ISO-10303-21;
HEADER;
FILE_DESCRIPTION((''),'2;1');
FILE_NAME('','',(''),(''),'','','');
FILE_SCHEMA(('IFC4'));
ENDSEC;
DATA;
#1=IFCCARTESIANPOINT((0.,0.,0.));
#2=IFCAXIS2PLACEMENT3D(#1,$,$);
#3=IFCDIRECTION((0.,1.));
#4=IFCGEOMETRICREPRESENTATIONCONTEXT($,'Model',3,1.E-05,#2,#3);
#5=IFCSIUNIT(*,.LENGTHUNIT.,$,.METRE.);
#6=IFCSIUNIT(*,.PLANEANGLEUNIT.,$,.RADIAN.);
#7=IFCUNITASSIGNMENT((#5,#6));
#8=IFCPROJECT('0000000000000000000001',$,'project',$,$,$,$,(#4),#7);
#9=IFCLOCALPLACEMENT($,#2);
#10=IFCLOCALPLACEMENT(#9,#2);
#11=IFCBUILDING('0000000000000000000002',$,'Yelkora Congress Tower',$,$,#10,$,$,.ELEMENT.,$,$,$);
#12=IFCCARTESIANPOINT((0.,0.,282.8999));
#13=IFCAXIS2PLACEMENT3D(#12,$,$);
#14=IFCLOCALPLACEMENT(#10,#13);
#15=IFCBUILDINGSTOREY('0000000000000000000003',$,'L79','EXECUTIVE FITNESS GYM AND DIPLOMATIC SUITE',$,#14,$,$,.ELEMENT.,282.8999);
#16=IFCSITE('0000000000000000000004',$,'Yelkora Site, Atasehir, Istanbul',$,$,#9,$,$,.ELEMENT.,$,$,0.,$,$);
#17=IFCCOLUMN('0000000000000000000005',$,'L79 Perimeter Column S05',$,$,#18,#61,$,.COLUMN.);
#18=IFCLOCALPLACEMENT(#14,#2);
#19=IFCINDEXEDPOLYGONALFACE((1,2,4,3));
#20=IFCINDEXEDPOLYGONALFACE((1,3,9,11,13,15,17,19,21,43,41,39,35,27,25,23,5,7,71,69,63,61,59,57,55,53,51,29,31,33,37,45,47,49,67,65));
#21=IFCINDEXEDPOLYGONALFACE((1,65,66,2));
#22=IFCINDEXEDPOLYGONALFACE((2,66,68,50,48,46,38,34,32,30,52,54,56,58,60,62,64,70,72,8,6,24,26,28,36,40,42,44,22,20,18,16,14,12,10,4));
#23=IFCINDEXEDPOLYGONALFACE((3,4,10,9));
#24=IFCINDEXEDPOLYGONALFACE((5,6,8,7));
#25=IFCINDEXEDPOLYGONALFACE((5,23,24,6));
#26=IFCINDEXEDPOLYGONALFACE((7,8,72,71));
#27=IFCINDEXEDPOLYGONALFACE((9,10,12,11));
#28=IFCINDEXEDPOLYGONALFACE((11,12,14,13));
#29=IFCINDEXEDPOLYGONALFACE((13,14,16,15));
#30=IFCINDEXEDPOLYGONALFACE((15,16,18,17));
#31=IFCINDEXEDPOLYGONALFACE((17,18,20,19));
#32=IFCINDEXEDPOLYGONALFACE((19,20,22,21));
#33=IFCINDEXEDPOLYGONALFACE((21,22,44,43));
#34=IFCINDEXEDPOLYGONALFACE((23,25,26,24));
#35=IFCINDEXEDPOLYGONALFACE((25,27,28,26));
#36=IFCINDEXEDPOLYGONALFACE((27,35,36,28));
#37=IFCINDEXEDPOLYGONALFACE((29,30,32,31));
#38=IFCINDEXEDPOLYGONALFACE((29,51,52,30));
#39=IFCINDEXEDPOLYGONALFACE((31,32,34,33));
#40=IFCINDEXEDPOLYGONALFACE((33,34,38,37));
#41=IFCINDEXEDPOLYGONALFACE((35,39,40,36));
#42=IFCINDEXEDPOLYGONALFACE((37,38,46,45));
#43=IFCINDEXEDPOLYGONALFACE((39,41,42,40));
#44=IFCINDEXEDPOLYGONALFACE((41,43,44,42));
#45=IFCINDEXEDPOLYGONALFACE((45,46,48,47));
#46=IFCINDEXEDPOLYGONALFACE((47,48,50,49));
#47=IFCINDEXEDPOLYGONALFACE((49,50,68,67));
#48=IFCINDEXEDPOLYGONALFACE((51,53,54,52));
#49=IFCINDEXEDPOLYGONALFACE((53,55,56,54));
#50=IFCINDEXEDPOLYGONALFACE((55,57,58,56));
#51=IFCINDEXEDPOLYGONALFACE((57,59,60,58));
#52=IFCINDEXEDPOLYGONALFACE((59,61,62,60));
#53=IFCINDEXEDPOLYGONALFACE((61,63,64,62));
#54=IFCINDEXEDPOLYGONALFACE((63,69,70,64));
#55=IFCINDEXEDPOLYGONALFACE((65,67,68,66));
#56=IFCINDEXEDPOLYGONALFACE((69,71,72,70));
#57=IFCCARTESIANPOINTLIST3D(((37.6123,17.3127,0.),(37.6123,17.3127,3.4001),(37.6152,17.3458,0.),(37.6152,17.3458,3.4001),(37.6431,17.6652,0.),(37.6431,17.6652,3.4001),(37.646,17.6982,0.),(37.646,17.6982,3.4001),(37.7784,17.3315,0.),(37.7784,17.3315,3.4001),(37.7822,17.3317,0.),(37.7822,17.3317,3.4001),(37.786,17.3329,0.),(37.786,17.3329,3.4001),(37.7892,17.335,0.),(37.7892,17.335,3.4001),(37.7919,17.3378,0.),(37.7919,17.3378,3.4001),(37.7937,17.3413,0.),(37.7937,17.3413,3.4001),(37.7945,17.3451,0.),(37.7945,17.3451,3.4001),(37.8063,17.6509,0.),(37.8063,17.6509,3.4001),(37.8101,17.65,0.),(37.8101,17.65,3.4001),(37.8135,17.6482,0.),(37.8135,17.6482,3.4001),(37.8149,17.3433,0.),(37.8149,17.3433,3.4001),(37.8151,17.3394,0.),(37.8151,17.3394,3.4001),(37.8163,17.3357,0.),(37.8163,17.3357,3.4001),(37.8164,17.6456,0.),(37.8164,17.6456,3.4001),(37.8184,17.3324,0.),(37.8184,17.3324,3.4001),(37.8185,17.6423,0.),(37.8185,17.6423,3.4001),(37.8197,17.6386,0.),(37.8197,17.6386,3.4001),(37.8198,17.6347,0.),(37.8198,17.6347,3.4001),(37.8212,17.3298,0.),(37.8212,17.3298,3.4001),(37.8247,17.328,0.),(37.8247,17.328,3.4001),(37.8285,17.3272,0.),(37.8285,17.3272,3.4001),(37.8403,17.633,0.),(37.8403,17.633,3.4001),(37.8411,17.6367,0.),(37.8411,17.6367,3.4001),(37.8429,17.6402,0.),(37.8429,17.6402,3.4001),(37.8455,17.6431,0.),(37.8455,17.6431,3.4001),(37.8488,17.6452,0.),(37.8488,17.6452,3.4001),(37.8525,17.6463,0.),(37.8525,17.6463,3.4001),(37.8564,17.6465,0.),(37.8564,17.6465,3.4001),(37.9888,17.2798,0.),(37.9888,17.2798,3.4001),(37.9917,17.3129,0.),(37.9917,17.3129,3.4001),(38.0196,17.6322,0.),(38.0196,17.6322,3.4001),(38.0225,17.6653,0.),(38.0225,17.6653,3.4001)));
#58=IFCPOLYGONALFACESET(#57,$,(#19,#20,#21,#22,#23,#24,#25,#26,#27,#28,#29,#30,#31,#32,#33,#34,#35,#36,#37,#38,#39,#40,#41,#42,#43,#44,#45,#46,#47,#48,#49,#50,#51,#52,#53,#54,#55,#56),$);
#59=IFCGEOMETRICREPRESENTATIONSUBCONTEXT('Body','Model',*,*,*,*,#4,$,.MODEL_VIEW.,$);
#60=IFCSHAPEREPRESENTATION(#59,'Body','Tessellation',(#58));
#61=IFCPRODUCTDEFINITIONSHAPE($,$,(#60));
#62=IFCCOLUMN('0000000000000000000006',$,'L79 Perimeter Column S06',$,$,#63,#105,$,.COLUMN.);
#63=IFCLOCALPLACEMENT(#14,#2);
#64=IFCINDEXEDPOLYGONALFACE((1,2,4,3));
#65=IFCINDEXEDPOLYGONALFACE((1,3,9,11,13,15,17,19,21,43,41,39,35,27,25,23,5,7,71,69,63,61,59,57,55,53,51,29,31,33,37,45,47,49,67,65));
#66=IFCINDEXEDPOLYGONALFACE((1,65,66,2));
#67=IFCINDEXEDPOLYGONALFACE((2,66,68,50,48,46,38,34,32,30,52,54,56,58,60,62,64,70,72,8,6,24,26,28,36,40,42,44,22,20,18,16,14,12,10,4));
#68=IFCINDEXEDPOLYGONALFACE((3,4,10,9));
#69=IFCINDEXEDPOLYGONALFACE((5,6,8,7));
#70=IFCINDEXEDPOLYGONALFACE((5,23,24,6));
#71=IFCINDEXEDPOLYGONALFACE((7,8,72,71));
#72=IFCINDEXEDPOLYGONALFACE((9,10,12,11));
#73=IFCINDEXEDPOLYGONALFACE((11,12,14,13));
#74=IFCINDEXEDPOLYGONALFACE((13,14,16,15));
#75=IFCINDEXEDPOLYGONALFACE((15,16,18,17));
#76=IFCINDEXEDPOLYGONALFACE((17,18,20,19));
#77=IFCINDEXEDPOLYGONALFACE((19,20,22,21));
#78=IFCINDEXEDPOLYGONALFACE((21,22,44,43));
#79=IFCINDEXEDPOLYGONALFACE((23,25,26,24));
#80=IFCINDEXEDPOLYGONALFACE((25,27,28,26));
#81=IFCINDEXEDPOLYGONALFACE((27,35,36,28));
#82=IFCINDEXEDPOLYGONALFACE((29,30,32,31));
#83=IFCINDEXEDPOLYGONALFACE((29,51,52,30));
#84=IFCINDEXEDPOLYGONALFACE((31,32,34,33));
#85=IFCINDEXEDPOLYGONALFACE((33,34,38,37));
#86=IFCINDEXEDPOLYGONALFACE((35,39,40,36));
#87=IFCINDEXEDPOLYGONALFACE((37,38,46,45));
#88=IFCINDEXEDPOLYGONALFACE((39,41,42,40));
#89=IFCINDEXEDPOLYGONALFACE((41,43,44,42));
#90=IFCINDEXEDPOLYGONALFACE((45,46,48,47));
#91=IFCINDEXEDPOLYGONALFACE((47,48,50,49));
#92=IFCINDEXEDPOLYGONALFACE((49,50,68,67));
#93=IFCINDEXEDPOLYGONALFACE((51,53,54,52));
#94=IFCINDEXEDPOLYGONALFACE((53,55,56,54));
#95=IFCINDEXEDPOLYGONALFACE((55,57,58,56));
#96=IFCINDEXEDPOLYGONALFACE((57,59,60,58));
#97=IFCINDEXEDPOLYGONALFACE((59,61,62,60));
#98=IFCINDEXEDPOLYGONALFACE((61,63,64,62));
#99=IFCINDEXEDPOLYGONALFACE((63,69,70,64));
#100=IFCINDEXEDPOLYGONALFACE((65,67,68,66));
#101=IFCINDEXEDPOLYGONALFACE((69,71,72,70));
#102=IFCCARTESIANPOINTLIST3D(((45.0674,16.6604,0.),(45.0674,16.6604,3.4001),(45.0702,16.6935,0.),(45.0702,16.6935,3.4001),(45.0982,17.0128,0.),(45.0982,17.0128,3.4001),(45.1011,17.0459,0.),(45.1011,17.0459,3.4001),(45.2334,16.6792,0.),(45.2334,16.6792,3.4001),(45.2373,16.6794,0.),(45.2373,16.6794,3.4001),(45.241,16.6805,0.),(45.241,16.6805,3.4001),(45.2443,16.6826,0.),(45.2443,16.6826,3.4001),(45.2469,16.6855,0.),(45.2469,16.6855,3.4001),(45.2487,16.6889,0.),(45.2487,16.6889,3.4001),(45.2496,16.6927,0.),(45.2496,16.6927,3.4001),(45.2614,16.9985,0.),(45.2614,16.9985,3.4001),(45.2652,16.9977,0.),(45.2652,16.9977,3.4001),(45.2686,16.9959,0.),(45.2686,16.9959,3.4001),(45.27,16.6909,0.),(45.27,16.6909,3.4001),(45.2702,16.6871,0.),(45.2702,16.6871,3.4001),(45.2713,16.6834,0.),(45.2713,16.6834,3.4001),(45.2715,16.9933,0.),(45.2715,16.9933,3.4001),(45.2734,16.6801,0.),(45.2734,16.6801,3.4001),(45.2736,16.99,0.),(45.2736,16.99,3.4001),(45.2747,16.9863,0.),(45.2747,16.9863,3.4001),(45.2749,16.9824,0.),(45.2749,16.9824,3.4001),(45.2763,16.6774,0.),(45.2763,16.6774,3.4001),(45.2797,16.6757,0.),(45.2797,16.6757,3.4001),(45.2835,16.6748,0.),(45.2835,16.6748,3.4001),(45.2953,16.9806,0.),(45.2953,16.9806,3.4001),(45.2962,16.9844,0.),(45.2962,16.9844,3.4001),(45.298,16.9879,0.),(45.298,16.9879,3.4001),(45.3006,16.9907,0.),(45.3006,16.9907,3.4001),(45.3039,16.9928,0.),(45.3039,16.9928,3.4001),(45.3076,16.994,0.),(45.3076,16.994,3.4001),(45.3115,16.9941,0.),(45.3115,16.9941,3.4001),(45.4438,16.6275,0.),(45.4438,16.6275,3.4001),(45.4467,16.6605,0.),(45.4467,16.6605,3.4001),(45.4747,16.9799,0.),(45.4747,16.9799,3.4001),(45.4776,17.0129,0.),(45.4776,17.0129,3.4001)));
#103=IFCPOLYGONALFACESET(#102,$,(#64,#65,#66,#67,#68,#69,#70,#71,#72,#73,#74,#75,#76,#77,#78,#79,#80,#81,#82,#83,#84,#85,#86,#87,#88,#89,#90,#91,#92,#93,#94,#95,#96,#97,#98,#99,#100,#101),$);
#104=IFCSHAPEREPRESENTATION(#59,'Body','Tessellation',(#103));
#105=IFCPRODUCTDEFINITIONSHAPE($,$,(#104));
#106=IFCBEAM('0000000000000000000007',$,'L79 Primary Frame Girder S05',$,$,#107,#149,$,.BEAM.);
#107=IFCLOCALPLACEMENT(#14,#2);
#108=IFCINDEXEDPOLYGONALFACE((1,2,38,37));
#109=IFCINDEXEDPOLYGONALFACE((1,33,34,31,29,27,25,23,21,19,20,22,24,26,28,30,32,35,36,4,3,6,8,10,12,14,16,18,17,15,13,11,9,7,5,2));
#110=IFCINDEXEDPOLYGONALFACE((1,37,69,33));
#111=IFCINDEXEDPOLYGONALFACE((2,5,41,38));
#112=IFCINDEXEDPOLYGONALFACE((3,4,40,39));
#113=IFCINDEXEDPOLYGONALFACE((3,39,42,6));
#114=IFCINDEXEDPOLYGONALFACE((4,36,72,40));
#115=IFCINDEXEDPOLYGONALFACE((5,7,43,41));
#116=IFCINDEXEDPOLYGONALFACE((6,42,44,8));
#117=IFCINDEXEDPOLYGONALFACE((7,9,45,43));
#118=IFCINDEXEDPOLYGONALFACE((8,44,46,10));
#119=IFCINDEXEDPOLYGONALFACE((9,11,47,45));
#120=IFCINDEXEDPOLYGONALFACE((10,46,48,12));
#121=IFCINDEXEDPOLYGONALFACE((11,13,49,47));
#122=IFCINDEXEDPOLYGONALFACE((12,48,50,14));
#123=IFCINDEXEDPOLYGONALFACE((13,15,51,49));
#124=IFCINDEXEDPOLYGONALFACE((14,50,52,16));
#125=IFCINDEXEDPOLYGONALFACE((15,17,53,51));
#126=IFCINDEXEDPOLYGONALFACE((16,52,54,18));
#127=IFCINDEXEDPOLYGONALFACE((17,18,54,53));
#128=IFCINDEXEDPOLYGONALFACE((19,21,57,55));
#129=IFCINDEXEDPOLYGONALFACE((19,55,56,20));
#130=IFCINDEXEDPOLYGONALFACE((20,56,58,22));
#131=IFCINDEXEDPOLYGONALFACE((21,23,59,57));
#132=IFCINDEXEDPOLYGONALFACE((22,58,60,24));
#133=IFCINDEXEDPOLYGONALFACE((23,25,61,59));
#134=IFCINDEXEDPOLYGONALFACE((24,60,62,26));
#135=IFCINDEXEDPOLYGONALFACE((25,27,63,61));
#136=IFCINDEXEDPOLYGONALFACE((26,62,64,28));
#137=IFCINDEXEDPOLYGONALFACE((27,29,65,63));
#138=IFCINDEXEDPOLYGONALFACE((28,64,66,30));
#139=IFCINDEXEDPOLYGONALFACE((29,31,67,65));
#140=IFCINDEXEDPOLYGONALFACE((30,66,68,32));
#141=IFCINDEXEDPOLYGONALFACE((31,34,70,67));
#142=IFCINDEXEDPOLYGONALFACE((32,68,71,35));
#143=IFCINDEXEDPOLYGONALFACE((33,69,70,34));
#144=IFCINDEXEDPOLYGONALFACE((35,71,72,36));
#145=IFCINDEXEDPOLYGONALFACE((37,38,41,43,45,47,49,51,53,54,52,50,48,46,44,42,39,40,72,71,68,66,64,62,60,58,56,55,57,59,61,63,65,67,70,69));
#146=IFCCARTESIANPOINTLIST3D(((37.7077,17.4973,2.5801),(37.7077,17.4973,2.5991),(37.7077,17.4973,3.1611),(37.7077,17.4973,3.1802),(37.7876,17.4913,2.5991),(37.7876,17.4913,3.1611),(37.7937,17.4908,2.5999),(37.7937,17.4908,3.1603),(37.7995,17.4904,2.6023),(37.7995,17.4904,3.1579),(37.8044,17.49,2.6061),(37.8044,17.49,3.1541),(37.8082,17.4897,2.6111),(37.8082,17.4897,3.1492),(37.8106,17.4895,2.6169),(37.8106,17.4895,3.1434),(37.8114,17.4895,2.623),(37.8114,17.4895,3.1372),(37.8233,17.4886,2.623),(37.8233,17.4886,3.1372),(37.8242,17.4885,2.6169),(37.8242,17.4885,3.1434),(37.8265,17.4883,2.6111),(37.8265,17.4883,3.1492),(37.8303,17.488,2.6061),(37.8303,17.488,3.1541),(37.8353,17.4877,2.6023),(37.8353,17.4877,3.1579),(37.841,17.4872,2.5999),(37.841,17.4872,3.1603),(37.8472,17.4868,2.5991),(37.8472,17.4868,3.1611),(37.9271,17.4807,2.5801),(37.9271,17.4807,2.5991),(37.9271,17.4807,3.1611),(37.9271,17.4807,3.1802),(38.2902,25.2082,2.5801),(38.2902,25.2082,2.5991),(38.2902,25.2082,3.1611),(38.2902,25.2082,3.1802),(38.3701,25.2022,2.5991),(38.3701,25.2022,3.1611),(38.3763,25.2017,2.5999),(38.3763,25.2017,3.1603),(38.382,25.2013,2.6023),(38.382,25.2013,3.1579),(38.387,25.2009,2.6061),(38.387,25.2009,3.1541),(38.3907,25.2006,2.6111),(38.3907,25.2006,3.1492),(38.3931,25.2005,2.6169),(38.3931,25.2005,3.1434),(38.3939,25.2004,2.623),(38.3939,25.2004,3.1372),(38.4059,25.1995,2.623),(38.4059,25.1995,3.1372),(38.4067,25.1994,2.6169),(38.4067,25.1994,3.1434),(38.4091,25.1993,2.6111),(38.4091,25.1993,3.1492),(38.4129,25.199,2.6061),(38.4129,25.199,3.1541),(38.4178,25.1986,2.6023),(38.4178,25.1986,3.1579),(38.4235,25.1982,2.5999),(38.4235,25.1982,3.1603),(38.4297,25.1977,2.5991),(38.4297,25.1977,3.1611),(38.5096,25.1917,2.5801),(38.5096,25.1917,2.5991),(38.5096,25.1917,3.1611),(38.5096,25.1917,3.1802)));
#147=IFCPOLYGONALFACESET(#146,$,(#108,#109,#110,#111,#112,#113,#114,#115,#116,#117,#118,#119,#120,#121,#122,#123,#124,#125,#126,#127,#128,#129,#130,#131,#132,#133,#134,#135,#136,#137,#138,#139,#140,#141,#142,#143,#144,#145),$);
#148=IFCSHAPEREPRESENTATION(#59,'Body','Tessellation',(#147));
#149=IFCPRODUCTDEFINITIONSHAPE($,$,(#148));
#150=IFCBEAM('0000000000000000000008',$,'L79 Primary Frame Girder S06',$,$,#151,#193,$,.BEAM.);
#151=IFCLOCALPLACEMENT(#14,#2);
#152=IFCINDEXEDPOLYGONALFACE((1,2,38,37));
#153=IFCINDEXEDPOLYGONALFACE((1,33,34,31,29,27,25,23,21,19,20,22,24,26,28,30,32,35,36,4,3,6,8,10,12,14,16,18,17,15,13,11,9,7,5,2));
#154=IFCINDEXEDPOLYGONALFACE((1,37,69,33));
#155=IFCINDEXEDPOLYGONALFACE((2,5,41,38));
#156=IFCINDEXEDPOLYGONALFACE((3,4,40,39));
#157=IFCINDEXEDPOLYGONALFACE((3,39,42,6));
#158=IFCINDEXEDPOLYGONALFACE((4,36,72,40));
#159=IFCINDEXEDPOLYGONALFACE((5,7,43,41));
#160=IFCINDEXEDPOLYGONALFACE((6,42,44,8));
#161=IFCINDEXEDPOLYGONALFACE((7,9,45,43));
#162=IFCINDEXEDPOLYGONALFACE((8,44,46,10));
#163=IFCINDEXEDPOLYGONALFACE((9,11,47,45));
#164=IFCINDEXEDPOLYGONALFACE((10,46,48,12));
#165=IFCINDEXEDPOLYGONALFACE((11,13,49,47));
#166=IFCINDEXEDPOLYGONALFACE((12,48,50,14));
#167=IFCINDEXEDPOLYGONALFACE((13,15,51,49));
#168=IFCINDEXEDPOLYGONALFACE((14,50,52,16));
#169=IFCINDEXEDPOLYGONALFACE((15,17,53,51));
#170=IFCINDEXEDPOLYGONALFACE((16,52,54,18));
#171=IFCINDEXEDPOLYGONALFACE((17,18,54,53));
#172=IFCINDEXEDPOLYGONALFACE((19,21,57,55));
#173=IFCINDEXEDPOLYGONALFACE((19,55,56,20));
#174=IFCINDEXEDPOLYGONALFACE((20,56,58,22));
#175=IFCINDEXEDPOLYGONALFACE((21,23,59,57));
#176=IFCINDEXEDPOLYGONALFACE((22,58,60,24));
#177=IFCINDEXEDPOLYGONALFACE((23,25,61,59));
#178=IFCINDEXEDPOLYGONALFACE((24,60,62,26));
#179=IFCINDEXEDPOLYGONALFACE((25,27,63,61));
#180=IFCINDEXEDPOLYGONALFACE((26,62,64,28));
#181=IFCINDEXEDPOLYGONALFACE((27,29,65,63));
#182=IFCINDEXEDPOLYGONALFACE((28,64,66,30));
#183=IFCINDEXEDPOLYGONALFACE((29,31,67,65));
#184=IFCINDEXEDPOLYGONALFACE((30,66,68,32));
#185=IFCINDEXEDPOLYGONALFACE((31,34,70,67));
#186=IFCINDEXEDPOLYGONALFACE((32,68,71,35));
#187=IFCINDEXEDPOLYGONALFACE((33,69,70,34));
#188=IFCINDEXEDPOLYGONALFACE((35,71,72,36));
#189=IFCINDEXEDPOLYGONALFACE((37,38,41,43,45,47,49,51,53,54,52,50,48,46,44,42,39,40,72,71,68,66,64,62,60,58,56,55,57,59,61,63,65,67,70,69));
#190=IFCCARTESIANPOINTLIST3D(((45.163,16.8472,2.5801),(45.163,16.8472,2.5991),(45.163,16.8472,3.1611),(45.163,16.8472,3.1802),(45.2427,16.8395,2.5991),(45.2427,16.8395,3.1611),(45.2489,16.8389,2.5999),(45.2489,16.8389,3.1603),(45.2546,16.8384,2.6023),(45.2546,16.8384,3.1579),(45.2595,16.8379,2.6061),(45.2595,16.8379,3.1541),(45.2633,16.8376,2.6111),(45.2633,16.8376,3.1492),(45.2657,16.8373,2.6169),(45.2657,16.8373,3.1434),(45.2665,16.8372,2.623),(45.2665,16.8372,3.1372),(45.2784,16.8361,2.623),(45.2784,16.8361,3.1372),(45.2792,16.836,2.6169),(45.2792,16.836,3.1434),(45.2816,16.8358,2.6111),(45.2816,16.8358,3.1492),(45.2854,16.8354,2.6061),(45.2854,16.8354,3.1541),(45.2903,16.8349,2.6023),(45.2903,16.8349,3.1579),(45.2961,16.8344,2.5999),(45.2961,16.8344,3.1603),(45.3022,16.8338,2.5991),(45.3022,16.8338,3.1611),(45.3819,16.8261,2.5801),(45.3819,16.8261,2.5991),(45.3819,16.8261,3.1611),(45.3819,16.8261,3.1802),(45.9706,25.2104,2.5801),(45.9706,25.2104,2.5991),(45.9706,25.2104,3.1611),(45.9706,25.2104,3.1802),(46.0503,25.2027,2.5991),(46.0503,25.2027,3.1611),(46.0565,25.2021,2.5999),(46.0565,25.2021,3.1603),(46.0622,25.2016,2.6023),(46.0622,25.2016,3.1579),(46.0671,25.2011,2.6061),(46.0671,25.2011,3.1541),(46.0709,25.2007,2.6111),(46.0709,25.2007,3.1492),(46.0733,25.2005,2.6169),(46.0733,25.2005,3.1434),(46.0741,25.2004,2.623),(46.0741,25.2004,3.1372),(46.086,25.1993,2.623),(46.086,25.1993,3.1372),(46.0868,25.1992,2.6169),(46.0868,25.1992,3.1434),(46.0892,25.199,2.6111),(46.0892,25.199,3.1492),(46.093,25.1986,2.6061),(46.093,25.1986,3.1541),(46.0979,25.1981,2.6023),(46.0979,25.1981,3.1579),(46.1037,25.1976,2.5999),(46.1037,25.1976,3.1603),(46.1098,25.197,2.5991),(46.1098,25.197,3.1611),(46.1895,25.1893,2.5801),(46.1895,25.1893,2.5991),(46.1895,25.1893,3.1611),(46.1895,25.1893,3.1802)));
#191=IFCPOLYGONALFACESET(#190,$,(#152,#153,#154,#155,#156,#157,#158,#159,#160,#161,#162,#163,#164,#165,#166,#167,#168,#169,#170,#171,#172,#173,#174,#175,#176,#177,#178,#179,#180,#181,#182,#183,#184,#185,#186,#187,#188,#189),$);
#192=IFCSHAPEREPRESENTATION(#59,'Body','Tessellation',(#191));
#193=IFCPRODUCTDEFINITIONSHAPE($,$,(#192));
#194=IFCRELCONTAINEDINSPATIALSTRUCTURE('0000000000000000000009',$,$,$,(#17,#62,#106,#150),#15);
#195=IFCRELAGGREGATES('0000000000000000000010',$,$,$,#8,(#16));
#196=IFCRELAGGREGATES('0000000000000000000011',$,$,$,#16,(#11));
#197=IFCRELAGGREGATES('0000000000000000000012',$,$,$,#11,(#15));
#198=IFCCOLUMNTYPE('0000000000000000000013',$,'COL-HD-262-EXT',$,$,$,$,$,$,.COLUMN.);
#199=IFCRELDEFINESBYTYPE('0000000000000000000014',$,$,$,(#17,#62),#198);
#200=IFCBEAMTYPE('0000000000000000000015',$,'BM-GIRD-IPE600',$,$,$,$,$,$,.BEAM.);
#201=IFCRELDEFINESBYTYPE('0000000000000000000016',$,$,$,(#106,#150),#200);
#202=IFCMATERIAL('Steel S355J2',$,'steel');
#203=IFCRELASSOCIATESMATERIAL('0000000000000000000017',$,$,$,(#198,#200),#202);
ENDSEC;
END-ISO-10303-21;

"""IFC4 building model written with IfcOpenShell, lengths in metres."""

from ifc_helpers import new_model, si_unit, direction, frame, origin, origin_2d, place, context, subcontext, project, spatial, i_section, extrude, material, material_profile, profile_set, type_object, element, save


model = new_model("IFC4")

# Units and contexts
model_context = context("Model", 3, precision=1e-05, world=origin(), true_north=direction((0.0, 1.0)))
body_context = subcontext(model_context, "Body", "Model", "MODEL_VIEW")
ifc_project = project(units=[si_unit("LENGTHUNIT", "METRE"), si_unit("PLANEANGLEUNIT", "RADIAN")], contexts=[model_context])

# Site, building, storey
site_placement = place(None, origin())
site = spatial("IfcSite", under=ifc_project, at=site_placement, Name="Yelkora Site, Atasehir, Istanbul", CompositionType="ELEMENT", RefElevation=0.0)
building_placement = place(site_placement, origin())
building = spatial("IfcBuilding", under=site, at=building_placement, Name="Yelkora Congress Tower", CompositionType="ELEMENT")
storey_placement = place(building_placement, frame((0.0, 0.0, 282.8999)))
storey = spatial("IfcBuildingStorey", under=building, at=storey_placement, Name="L79", Description="EXECUTIVE FITNESS GYM AND DIPLOMATIC SUITE", CompositionType="ELEMENT", Elevation=282.8999)

# Columns
ifc_material_1 = material(Name="Steel S355J2", Category="steel")
ifc_material_profile_1 = material_profile(ifc_material_1, i_section(OverallWidth=0.3779, OverallDepth=0.387, WebThickness=0.0205, FlangeThickness=0.0332, FilletRadius=0.0149, at=origin_2d()), Name="HD 360x262")
ifc_profile_set_1 = profile_set([ifc_material_profile_1], Name="Steel S355J2")
column_type = type_object("IfcColumnType", Name="COL-HD-262-EXT", PredefinedType="COLUMN", material=ifc_profile_set_1)
for number, where, z_axis, x_axis, name in (
    (1, (37.8174, 17.489, 0.0), (0.0, 0.0, 1.0), (0.996195, -0.087156, 0.0), "L79 Perimeter Column S05"),
    (2, (45.2725, 16.8367, 0.0), (0.0, 0.0, 1.0), (0.996195, -0.087156, 0.0), "L79 Perimeter Column S06"),
):
    element("IfcColumn", number, at=place(storey_placement, frame(where, z_axis=z_axis, x_axis=x_axis)), inside=storey, type_object=column_type, Name=name, PredefinedType="COLUMN", context=body_context, shape_type="SweptSolid", body=[
        extrude(i_section(OverallWidth=0.3779, OverallDepth=0.387, WebThickness=0.0205, FlangeThickness=0.0332, FilletRadius=0.0149, at=origin_2d()), origin(), (0.0, 0.0, 1.0), 3.4001),
    ])

# Beams
ifc_material_profile_2 = material_profile(ifc_material_1, i_section(OverallWidth=0.22, OverallDepth=0.6001, WebThickness=0.012, FlangeThickness=0.019, FilletRadius=0.0239, at=origin_2d()), Name="IPE 600")
ifc_profile_set_2 = profile_set([ifc_material_profile_2], Name="Steel S355J2")
beam_type_1 = type_object("IfcBeamType", Name="BM-GIRD-IPE600", PredefinedType="BEAM", material=ifc_profile_set_2)
beam_1_placement = place(storey_placement, frame((37.8174, 17.489, 2.8801), z_axis=(0.07533, 0.997159, 0.0), x_axis=(-0.997159, 0.07533, 0.0)))
element("IfcBeam", 3, at=beam_1_placement, inside=storey, type_object=beam_type_1, Name="L79 Primary Frame Girder S05", PredefinedType="BEAM", context=body_context, shape_type="SweptSolid", body=[
    extrude(i_section(OverallWidth=0.22, OverallDepth=0.6001, WebThickness=0.012, FlangeThickness=0.019, FilletRadius=0.0239, at=origin_2d()), origin(), (0.0, 0.0, 1.0), 7.7329),
])
beam_2_placement = place(storey_placement, frame((45.2725, 16.8367, 2.8801), z_axis=(0.09612, 0.99537, 0.0), x_axis=(-0.99537, 0.09612, 0.0)))
element("IfcBeam", 4, at=beam_2_placement, inside=storey, type_object=beam_type_1, Name="L79 Primary Frame Girder S06", PredefinedType="BEAM", context=body_context, shape_type="SweptSolid", body=[
    extrude(i_section(OverallWidth=0.22, OverallDepth=0.6001, WebThickness=0.012, FlangeThickness=0.019, FilletRadius=0.0239, at=origin_2d()), origin(), (0.0, 0.0, 1.0), 8.4021),
])

save(model, "model.ifc")
